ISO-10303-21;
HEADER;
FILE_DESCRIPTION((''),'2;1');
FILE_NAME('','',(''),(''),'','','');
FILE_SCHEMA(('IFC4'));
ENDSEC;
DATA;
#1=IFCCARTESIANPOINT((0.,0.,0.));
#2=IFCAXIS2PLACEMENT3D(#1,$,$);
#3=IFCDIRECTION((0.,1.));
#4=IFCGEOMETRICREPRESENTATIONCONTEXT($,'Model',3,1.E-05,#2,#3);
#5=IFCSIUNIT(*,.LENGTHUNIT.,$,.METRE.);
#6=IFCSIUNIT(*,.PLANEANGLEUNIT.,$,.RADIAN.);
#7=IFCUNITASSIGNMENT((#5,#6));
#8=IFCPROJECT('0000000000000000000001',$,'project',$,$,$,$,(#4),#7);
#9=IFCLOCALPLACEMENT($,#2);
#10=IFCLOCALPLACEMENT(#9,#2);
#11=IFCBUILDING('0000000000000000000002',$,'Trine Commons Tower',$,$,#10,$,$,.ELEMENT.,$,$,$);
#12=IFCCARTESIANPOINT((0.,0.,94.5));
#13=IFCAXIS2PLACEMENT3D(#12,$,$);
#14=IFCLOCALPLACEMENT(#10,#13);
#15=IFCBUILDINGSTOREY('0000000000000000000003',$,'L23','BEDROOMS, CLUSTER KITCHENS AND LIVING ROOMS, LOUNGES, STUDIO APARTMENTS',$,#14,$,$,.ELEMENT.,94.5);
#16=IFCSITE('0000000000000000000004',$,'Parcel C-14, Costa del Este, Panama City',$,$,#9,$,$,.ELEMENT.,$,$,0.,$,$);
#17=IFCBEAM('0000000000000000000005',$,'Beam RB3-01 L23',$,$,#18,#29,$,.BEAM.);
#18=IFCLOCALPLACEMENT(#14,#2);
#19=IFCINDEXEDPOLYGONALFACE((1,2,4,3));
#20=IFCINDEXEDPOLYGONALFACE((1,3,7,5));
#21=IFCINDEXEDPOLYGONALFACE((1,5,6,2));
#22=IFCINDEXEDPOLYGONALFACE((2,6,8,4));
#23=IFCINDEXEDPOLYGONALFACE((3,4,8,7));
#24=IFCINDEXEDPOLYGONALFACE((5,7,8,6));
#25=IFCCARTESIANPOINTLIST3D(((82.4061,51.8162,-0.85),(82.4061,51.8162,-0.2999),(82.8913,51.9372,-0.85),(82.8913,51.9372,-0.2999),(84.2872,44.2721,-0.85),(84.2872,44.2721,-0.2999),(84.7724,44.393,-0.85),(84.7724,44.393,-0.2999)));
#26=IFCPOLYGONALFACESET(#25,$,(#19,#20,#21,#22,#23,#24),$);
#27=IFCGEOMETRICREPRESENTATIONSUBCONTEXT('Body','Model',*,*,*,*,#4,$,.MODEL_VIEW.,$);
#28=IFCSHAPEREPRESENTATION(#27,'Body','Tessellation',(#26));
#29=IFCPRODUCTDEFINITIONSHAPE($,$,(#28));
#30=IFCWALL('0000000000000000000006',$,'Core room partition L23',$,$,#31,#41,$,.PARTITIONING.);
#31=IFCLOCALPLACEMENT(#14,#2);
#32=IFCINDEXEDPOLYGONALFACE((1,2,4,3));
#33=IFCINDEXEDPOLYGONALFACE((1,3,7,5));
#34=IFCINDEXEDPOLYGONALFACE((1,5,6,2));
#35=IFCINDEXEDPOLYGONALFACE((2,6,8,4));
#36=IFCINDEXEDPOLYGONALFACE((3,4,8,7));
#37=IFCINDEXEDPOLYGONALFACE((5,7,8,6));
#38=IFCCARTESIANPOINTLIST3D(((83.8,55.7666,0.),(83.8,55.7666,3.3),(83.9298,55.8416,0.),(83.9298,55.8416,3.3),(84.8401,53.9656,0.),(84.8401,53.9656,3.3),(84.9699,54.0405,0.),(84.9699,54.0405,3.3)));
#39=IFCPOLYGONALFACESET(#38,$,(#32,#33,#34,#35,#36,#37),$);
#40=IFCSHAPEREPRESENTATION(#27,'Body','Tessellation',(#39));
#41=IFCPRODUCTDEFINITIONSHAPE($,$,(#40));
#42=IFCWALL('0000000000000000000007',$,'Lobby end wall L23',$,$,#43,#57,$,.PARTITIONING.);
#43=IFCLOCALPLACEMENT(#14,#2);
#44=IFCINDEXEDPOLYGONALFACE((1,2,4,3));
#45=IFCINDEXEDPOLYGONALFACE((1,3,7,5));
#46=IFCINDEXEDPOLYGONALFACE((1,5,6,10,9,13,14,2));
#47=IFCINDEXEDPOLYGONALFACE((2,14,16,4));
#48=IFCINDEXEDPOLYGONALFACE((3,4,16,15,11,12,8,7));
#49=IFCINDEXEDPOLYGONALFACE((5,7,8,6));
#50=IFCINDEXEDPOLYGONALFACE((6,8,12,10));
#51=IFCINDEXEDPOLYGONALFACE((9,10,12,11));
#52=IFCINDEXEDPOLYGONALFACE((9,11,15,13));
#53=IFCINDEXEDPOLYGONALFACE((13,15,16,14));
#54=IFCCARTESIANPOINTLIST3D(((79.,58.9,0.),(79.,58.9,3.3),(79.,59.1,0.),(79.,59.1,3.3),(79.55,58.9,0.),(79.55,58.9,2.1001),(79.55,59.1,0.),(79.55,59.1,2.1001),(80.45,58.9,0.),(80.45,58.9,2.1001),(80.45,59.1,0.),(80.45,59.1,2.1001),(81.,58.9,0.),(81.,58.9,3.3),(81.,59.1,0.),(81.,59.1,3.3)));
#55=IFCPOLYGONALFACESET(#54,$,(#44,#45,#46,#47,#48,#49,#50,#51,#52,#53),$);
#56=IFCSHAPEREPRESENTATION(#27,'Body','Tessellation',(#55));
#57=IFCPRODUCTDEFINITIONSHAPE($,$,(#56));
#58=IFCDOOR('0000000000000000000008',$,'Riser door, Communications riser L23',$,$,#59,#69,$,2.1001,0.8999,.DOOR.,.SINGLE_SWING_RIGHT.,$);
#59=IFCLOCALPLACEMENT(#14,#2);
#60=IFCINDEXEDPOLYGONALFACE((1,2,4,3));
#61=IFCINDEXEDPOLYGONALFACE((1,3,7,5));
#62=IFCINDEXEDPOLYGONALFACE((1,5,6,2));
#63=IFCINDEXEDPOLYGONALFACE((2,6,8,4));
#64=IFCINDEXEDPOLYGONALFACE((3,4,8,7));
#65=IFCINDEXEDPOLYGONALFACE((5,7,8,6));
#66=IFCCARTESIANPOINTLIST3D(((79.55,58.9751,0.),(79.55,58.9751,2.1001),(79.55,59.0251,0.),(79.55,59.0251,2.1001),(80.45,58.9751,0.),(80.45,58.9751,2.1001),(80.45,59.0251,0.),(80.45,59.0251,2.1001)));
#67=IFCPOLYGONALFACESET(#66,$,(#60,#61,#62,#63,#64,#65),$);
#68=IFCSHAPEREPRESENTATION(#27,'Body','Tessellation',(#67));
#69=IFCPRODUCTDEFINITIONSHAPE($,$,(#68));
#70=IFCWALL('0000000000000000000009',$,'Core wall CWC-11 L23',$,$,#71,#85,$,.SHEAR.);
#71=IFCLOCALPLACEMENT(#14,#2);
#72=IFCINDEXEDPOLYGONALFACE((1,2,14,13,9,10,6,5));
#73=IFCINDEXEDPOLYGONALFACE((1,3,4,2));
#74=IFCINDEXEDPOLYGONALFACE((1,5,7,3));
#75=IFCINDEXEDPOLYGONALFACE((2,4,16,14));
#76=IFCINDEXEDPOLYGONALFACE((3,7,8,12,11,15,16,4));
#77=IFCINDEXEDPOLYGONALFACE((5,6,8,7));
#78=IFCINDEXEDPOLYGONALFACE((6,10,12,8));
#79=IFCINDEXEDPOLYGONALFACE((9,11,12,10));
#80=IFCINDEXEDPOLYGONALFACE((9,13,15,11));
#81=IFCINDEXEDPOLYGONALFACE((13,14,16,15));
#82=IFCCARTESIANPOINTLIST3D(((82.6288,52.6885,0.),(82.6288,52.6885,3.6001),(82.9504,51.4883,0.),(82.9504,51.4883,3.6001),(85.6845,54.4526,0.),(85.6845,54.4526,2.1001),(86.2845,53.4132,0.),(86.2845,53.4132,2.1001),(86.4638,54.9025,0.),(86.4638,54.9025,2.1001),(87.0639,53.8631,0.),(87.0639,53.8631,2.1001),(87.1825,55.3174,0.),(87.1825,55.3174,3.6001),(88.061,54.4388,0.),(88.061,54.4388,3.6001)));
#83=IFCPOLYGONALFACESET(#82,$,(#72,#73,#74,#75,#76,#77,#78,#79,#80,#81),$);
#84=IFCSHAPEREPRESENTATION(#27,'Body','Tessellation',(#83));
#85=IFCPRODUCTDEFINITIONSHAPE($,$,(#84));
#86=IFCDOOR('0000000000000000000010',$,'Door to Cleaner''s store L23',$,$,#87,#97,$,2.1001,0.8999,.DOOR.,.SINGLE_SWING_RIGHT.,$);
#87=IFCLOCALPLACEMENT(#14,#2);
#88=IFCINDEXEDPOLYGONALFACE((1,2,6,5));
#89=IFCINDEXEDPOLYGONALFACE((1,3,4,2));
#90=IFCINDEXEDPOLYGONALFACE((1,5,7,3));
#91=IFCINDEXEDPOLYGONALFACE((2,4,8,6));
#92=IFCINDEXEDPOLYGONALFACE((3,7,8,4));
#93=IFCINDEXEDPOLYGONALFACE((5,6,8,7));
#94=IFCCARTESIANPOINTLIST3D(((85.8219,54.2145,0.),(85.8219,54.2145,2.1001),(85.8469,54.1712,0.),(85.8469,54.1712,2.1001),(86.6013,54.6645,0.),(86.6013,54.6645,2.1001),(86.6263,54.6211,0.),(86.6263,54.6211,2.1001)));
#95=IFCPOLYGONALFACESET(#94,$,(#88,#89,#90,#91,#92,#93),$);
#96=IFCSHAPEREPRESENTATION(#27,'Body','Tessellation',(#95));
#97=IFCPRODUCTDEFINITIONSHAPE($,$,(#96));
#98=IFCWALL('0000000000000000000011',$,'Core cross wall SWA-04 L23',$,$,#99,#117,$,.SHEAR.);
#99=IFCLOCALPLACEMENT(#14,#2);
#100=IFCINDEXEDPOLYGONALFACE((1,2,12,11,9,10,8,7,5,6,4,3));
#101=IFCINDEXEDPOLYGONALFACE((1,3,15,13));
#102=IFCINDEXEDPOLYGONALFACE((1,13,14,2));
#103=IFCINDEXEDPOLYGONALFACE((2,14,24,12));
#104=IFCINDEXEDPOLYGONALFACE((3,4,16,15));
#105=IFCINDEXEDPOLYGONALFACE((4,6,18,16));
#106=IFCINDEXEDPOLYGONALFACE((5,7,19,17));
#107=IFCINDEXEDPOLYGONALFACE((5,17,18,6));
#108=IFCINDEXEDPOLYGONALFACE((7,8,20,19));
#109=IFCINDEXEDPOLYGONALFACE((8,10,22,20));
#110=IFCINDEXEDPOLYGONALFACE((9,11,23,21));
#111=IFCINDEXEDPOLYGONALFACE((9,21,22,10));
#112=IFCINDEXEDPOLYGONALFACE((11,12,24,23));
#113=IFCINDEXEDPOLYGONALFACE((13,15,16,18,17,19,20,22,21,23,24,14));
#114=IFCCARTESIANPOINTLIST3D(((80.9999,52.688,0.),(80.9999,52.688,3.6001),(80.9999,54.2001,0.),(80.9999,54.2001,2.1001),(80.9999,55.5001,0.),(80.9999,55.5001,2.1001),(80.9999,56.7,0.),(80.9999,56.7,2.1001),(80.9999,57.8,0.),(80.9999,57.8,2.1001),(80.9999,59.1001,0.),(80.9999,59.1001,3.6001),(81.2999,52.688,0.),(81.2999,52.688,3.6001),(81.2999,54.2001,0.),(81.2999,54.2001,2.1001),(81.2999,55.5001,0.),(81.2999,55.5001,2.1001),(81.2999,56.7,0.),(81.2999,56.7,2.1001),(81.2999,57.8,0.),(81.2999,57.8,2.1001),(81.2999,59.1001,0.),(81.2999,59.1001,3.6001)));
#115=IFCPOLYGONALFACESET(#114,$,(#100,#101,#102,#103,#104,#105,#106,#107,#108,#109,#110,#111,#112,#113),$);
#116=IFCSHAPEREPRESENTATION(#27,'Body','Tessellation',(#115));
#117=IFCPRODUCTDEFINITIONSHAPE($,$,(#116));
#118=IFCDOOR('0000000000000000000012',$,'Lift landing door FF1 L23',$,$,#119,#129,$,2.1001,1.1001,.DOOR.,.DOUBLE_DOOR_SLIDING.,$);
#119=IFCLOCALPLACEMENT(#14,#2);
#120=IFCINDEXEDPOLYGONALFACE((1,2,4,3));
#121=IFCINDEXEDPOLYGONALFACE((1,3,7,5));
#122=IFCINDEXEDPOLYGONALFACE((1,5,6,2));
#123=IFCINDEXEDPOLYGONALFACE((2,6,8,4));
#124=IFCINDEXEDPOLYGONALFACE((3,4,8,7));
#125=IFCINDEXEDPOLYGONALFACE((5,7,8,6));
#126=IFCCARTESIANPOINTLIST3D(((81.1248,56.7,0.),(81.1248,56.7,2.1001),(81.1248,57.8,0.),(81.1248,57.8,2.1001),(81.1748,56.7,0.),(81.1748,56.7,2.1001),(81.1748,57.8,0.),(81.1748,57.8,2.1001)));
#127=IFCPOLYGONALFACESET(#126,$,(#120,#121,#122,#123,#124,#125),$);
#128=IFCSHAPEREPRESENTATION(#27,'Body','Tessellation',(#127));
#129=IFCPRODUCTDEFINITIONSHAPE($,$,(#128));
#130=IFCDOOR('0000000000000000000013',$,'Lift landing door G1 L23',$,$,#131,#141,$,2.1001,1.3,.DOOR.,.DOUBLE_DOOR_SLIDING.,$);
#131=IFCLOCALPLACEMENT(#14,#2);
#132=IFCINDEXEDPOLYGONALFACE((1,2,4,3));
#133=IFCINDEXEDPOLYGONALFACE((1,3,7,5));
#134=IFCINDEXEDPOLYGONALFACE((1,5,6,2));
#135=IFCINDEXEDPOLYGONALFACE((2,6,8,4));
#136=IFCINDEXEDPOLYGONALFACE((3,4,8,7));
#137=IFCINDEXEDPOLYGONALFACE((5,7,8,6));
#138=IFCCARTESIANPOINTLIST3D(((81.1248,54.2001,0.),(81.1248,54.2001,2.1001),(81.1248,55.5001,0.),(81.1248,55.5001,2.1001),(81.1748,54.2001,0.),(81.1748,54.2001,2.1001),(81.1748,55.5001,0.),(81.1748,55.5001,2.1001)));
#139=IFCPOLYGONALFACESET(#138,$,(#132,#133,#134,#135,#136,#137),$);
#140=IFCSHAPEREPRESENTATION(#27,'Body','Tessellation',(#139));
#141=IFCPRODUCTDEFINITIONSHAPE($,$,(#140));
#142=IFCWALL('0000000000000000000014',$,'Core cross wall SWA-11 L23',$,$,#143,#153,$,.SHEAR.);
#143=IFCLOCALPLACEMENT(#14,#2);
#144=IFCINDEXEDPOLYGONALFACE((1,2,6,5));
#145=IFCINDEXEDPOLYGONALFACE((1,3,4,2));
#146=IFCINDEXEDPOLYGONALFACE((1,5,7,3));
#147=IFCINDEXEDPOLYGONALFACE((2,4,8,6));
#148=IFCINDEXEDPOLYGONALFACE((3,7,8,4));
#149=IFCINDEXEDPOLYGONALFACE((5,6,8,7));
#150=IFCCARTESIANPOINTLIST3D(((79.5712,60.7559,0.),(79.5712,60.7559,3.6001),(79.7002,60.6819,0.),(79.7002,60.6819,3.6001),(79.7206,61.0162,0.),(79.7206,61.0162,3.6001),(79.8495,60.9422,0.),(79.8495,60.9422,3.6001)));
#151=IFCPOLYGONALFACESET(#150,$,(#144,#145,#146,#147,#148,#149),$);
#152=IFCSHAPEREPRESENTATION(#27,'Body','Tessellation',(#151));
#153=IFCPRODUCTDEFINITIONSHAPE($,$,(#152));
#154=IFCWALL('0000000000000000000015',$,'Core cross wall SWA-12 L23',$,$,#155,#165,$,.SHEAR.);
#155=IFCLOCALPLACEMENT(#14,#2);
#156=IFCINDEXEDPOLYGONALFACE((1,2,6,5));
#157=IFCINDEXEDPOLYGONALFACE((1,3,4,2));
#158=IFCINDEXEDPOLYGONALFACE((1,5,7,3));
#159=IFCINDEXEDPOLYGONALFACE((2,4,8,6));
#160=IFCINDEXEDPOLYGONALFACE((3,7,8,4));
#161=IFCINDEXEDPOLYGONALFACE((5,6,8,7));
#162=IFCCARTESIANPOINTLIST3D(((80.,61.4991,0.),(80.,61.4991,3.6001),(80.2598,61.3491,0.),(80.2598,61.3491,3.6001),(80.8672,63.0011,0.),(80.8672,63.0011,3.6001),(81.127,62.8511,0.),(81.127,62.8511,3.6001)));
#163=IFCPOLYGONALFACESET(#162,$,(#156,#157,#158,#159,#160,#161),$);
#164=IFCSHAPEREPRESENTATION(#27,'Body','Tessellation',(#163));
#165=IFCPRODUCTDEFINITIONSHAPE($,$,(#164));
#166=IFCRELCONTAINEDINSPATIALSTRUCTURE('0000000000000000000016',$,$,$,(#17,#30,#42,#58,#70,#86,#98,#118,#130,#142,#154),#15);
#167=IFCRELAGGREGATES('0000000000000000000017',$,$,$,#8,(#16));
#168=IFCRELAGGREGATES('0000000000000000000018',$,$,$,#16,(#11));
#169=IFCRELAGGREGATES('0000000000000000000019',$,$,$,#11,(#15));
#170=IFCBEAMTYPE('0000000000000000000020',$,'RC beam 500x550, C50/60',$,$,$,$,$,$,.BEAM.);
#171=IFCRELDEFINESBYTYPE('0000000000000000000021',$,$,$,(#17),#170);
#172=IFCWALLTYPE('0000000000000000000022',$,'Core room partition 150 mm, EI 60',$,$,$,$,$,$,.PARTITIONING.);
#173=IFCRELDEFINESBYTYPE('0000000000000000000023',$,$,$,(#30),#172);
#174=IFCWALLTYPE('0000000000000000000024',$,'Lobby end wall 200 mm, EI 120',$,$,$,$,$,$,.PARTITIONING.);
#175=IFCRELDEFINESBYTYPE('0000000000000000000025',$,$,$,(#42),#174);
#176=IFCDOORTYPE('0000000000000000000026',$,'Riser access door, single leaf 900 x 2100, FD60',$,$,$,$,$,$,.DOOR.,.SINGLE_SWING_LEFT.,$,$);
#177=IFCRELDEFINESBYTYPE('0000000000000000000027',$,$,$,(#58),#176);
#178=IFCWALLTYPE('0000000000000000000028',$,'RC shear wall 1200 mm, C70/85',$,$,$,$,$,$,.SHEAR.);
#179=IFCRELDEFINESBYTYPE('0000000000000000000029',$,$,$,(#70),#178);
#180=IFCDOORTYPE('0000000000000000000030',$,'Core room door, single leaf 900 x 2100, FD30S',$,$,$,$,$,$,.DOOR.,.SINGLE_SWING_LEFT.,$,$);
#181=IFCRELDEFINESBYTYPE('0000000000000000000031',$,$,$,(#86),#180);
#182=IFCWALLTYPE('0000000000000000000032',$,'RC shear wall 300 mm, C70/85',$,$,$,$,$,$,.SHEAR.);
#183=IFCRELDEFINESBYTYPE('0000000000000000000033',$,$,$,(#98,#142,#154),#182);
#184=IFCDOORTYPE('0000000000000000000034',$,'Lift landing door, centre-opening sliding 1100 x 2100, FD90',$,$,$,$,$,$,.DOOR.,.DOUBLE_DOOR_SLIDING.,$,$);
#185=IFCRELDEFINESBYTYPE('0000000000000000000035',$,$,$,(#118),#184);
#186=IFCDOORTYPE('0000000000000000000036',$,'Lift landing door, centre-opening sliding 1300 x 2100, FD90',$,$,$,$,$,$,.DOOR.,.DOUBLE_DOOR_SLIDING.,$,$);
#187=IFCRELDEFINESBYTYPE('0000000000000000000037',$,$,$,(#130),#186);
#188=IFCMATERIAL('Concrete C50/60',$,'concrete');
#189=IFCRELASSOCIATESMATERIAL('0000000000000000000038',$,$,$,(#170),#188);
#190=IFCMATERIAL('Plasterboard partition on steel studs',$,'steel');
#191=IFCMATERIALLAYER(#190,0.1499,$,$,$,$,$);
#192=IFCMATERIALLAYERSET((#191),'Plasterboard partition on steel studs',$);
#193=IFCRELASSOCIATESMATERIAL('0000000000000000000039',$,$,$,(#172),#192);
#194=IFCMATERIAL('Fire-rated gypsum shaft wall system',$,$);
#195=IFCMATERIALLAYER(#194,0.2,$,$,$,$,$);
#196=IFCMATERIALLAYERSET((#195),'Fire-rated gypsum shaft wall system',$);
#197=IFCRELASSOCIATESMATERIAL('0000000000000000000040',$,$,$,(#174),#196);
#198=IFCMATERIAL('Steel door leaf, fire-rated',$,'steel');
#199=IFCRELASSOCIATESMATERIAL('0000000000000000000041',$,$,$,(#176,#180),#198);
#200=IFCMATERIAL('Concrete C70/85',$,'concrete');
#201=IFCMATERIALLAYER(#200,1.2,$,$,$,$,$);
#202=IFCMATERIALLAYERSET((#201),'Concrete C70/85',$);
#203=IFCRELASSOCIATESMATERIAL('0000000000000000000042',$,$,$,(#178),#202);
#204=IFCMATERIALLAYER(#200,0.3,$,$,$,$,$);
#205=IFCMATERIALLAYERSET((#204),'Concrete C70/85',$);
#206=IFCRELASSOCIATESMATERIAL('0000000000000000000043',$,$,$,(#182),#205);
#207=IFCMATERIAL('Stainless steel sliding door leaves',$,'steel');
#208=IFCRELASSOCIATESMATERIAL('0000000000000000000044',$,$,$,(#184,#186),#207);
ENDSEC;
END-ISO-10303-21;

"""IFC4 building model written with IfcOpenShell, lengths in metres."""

from ifc_helpers import new_model, si_unit, direction, frame, frame_2d, origin, origin_2d, place, context, subcontext, project, spatial, polyline, rectangle, outline, extrude, material, layer, layer_set, material_profile, profile_set, type_object, element, fill, save


model = new_model("IFC4")

# Units and contexts
model_context = context("Model", 3, precision=1e-05, world=origin(), true_north=direction((0.0, 1.0)))
body_context = subcontext(model_context, "Body", "Model", "MODEL_VIEW")
ifc_project = project(units=[si_unit("LENGTHUNIT", "METRE"), si_unit("PLANEANGLEUNIT", "RADIAN")], contexts=[model_context])

# Site, building, storey
site_placement = place(None, origin())
site = spatial("IfcSite", under=ifc_project, at=site_placement, Name="Parcel C-14, Costa del Este, Panama City", CompositionType="ELEMENT", RefElevation=0.0)
building_placement = place(site_placement, origin())
building = spatial("IfcBuilding", under=site, at=building_placement, Name="Trine Commons Tower", CompositionType="ELEMENT")
storey_placement = place(building_placement, frame((0.0, 0.0, 94.5)))
storey = spatial("IfcBuildingStorey", under=building, at=storey_placement, Name="L23", Description="BEDROOMS, CLUSTER KITCHENS AND LIVING ROOMS, LOUNGES, STUDIO APARTMENTS", CompositionType="ELEMENT", Elevation=94.5)

# Beam
ifc_material_1 = material(Name="Concrete C50/60", Category="concrete")
ifc_material_profile = material_profile(ifc_material_1, rectangle(XDim=0.5, YDim=0.55, at=origin_2d()), Name="RC 500x550")
ifc_profile_set = profile_set([ifc_material_profile], Name="Concrete C50/60")
beam_type = type_object("IfcBeamType", Name="RC beam 500x550, C50/60", PredefinedType="BEAM", material=ifc_profile_set)
beam_placement = place(storey_placement, frame((82.6487, 51.8767, -0.575), z_axis=(0.241937, -0.970292, 0.0), x_axis=(0.970292, 0.241937, 0.0)))
element("IfcBeam", 1, at=beam_placement, inside=storey, type_object=beam_type, Name="Beam RB3-01 L23", PredefinedType="BEAM", context=body_context, shape_type="SweptSolid", body=[
    extrude(rectangle(XDim=0.5, YDim=0.55, at=origin_2d()), origin(), (0.0, 0.0, 1.0), 7.7751),
])

# Wall
ifc_material_2 = material(Name="Plasterboard partition on steel studs", Category="steel")
ifc_layer_1 = layer(ifc_material_2, 0.1499)
ifc_layer_set_1 = layer_set([ifc_layer_1], Name="Plasterboard partition on steel studs")
wall_type_1 = type_object("IfcWallType", Name="Core room partition 150 mm, EI 60", PredefinedType="PARTITIONING", material=ifc_layer_set_1)
wall_1_placement = place(storey_placement, frame((84.905, 54.0029, 0.0), z_axis=(0.0, 0.0, 1.0), x_axis=(-0.500078, 0.86598, 0.0)))
element("IfcWall", 2, at=wall_1_placement, inside=storey, type_object=wall_type_1, Name="Core room partition L23", PredefinedType="PARTITIONING", context=body_context, shape_type="SweptSolid", body=[
    extrude(rectangle(XDim=2.0798, YDim=0.1499, at=frame_2d((1.04, 0.0))), origin(), (0.0, 0.0, 1.0), 3.3),
])

# Walls, openings, doors
ifc_material_3 = material(Name="Fire-rated gypsum shaft wall system")
ifc_layer_2 = layer(ifc_material_3, 0.2)
ifc_layer_set_2 = layer_set([ifc_layer_2], Name="Fire-rated gypsum shaft wall system")
wall_type_2 = type_object("IfcWallType", Name="Lobby end wall 200 mm, EI 120", PredefinedType="PARTITIONING", material=ifc_layer_set_2)
wall_2_placement = place(storey_placement, frame((79.0, 59.0, 0.0), z_axis=(0.0, 0.0, 1.0), x_axis=(1.0, 0.0, 0.0)))
wall_2 = element("IfcWall", 3, at=wall_2_placement, inside=storey, type_object=wall_type_2, Name="Lobby end wall L23", PredefinedType="PARTITIONING", context=body_context, shape_type="SweptSolid", body=[
    extrude(rectangle(XDim=2.0, YDim=0.2, at=frame_2d((1.0, 0.0))), origin(), (0.0, 0.0, 1.0), 3.3),
])
opening_1_placement = place(wall_2_placement, frame((0.55, 0.0, 0.0)))
opening_1 = element("IfcOpeningElement", 4, at=opening_1_placement, cuts=wall_2, PredefinedType="OPENING", context=body_context, shape_type="SweptSolid", body=[
    extrude(rectangle(XDim=0.8999, YDim=2.1001, at=frame_2d((0.45, 1.05))), frame((0.0, 0.1099, 0.0), z_axis=(0.0, -1.0, 0.0), x_axis=(1.0, 0.0, 0.0)), (0.0, 0.0, 1.0), 0.22),
])
ifc_material_4 = material(Name="Steel door leaf, fire-rated", Category="steel")
door_type_1 = type_object("IfcDoorType", Name="Riser access door, single leaf 900 x 2100, FD60", OperationType="SINGLE_SWING_LEFT", PredefinedType="DOOR", material=ifc_material_4)
door_1_placement = place(opening_1_placement, frame((0.8999, 0.0, 0.0), z_axis=(0.0, 0.0, 1.0), x_axis=(-1.0, 0.0, 0.0)))
door_1 = element("IfcDoor", 5, at=door_1_placement, inside=storey, type_object=door_type_1, Name="Riser door, Communications riser L23", OperationType="SINGLE_SWING_RIGHT", OverallHeight=2.1001, OverallWidth=0.8999, PredefinedType="DOOR", context=body_context, shape_type="SweptSolid", body=[
    extrude(rectangle(XDim=0.8999, YDim=2.1001, at=frame_2d((0.45, 1.05))), frame((0.0, 0.0249, 0.0), z_axis=(0.0, -1.0, 0.0), x_axis=(1.0, 0.0, 0.0)), (0.0, 0.0, 1.0), 0.05),
])
fill(opening_1, door_1)
ifc_material_5 = material(Name="Concrete C70/85", Category="concrete")
ifc_layer_3 = layer(ifc_material_5, 1.2)
ifc_layer_set_3 = layer_set([ifc_layer_3], Name="Concrete C70/85")
wall_type_3 = type_object("IfcWallType", Name="RC shear wall 1200 mm, C70/85", PredefinedType="SHEAR", material=ifc_layer_set_3)
wall_3_placement = place(storey_placement, frame((82.6504, 52.0081, 0.0), z_axis=(0.0, 0.0, 1.0), x_axis=(0.866037, 0.499979, 0.0)))
wall_3 = element("IfcWall", 6, at=wall_3_placement, inside=storey, type_object=wall_type_3, Name="Core wall CWC-11 L23", PredefinedType="SHEAR", context=body_context, shape_type="SweptSolid", body=[
    extrude(outline(polyline([(0.0, -0.6001), (5.9011, -0.6001), (5.5796, 0.6001), (0.3215, 0.6001), (0.0, -0.6001)])), origin(), (0.0, 0.0, 1.0), 3.6001),
])
opening_2_placement = place(wall_3_placement, frame((3.8499, 0.0, 0.0)))
opening_2 = element("IfcOpeningElement", 7, at=opening_2_placement, cuts=wall_3, PredefinedType="OPENING", context=body_context, shape_type="SweptSolid", body=[
    extrude(rectangle(XDim=0.8999, YDim=2.1001, at=frame_2d((0.45, 1.05))), frame((0.0, 0.6099, 0.0), z_axis=(0.0, -1.0, 0.0), x_axis=(1.0, 0.0, 0.0)), (0.0, 0.0, 1.0), 1.22),
])
door_type_2 = type_object("IfcDoorType", Name="Core room door, single leaf 900 x 2100, FD30S", OperationType="SINGLE_SWING_LEFT", PredefinedType="DOOR", material=ifc_material_4)
door_2_placement = place(opening_2_placement, origin())
door_2 = element("IfcDoor", 8, at=door_2_placement, inside=storey, type_object=door_type_2, Name="Door to Cleaner's store L23", OperationType="SINGLE_SWING_RIGHT", OverallHeight=2.1001, OverallWidth=0.8999, PredefinedType="DOOR", context=body_context, shape_type="SweptSolid", body=[
    extrude(rectangle(XDim=0.8999, YDim=2.1001, at=frame_2d((0.45, 1.05))), frame((0.0, 0.3252, 0.0), z_axis=(0.0, -1.0, 0.0), x_axis=(1.0, 0.0, 0.0)), (0.0, 0.0, 1.0), 0.05),
])
fill(opening_2, door_2)

# Wall, openings, doors
ifc_layer_4 = layer(ifc_material_5, 0.3)
ifc_layer_set_4 = layer_set([ifc_layer_4], Name="Concrete C70/85")
wall_type_4 = type_object("IfcWallType", Name="RC shear wall 300 mm, C70/85", PredefinedType="SHEAR", material=ifc_layer_set_4)
wall_4_placement = place(storey_placement, frame((81.1499, 59.1001, 0.0), z_axis=(0.0, 0.0, 1.0), x_axis=(0.0, -1.0, 0.0)))
wall_4 = element("IfcWall", 9, at=wall_4_placement, inside=storey, type_object=wall_type_4, Name="Core cross wall SWA-04 L23", PredefinedType="SHEAR", context=body_context, shape_type="SweptSolid", body=[
    extrude(rectangle(XDim=6.4121, YDim=0.3, at=frame_2d((3.2061, 0.0))), origin(), (0.0, 0.0, 1.0), 3.6001),
])
opening_3_placement = place(wall_4_placement, frame((3.6001, 0.0, 0.0)))
opening_3 = element("IfcOpeningElement", 10, at=opening_3_placement, cuts=wall_4, PredefinedType="OPENING", context=body_context, shape_type="SweptSolid", body=[
    extrude(rectangle(XDim=1.3, YDim=2.1001, at=frame_2d((0.6499, 1.05))), frame((0.0, 0.1599, 0.0), z_axis=(0.0, -1.0, 0.0), x_axis=(1.0, 0.0, 0.0)), (0.0, 0.0, 1.0), 0.3201),
])
opening_4_placement = place(wall_4_placement, frame((1.3, 0.0, 0.0)))
opening_4 = element("IfcOpeningElement", 11, at=opening_4_placement, cuts=wall_4, PredefinedType="OPENING", context=body_context, shape_type="SweptSolid", body=[
    extrude(rectangle(XDim=1.1001, YDim=2.1001, at=frame_2d((0.55, 1.05))), frame((0.0, 0.1599, 0.0), z_axis=(0.0, -1.0, 0.0), x_axis=(1.0, 0.0, 0.0)), (0.0, 0.0, 1.0), 0.3201),
])
ifc_material_6 = material(Name="Stainless steel sliding door leaves", Category="steel")
door_type_3 = type_object("IfcDoorType", Name="Lift landing door, centre-opening sliding 1100 x 2100, FD90", OperationType="DOUBLE_DOOR_SLIDING", PredefinedType="DOOR", material=ifc_material_6)
door_3_placement = place(opening_4_placement, origin())
door_3 = element("IfcDoor", 12, at=door_3_placement, inside=storey, type_object=door_type_3, Name="Lift landing door FF1 L23", OperationType="DOUBLE_DOOR_SLIDING", OverallHeight=2.1001, OverallWidth=1.1001, PredefinedType="DOOR", context=body_context, shape_type="SweptSolid", body=[
    extrude(rectangle(XDim=1.1001, YDim=2.1001, at=frame_2d((0.55, 1.05))), frame((0.0, 0.0249, 0.0), z_axis=(0.0, -1.0, 0.0), x_axis=(1.0, 0.0, 0.0)), (0.0, 0.0, 1.0), 0.05),
])
fill(opening_4, door_3)
door_type_4 = type_object("IfcDoorType", Name="Lift landing door, centre-opening sliding 1300 x 2100, FD90", OperationType="DOUBLE_DOOR_SLIDING", PredefinedType="DOOR", material=ifc_material_6)
door_4_placement = place(opening_3_placement, origin())
door_4 = element("IfcDoor", 13, at=door_4_placement, inside=storey, type_object=door_type_4, Name="Lift landing door G1 L23", OperationType="DOUBLE_DOOR_SLIDING", OverallHeight=2.1001, OverallWidth=1.3, PredefinedType="DOOR", context=body_context, shape_type="SweptSolid", body=[
    extrude(rectangle(XDim=1.3, YDim=2.1001, at=frame_2d((0.6499, 1.05))), frame((0.0, 0.0249, 0.0), z_axis=(0.0, -1.0, 0.0), x_axis=(1.0, 0.0, 0.0)), (0.0, 0.0, 1.0), 0.05),
])
fill(opening_3, door_4)

# Walls
wall_5_placement = place(storey_placement, frame((79.646, 60.886, 0.0), z_axis=(0.0, 0.0, 1.0), x_axis=(0.867332, -0.49773, 0.0)))
element("IfcWall", 14, at=wall_5_placement, inside=storey, type_object=wall_type_4, Name="Core cross wall SWA-11 L23", PredefinedType="SHEAR", context=body_context, shape_type="SweptSolid", body=[
    extrude(rectangle(XDim=0.1487, YDim=0.3, at=frame_2d((0.0742, 0.0))), origin(), (0.0, 0.0, 1.0), 3.6001),
])
wall_6_placement = place(storey_placement, frame((80.1299, 61.4241, 0.0), z_axis=(0.0, 0.0, 1.0), x_axis=(0.500015, 0.866017, 0.0)))
element("IfcWall", 15, at=wall_6_placement, inside=storey, type_object=wall_type_4, Name="Core cross wall SWA-12 L23", PredefinedType="SHEAR", context=body_context, shape_type="SweptSolid", body=[
    extrude(rectangle(XDim=1.7344, YDim=0.3, at=frame_2d((0.8672, 0.0))), origin(), (0.0, 0.0, 1.0), 3.6001),
])

save(model, "model.ifc")
